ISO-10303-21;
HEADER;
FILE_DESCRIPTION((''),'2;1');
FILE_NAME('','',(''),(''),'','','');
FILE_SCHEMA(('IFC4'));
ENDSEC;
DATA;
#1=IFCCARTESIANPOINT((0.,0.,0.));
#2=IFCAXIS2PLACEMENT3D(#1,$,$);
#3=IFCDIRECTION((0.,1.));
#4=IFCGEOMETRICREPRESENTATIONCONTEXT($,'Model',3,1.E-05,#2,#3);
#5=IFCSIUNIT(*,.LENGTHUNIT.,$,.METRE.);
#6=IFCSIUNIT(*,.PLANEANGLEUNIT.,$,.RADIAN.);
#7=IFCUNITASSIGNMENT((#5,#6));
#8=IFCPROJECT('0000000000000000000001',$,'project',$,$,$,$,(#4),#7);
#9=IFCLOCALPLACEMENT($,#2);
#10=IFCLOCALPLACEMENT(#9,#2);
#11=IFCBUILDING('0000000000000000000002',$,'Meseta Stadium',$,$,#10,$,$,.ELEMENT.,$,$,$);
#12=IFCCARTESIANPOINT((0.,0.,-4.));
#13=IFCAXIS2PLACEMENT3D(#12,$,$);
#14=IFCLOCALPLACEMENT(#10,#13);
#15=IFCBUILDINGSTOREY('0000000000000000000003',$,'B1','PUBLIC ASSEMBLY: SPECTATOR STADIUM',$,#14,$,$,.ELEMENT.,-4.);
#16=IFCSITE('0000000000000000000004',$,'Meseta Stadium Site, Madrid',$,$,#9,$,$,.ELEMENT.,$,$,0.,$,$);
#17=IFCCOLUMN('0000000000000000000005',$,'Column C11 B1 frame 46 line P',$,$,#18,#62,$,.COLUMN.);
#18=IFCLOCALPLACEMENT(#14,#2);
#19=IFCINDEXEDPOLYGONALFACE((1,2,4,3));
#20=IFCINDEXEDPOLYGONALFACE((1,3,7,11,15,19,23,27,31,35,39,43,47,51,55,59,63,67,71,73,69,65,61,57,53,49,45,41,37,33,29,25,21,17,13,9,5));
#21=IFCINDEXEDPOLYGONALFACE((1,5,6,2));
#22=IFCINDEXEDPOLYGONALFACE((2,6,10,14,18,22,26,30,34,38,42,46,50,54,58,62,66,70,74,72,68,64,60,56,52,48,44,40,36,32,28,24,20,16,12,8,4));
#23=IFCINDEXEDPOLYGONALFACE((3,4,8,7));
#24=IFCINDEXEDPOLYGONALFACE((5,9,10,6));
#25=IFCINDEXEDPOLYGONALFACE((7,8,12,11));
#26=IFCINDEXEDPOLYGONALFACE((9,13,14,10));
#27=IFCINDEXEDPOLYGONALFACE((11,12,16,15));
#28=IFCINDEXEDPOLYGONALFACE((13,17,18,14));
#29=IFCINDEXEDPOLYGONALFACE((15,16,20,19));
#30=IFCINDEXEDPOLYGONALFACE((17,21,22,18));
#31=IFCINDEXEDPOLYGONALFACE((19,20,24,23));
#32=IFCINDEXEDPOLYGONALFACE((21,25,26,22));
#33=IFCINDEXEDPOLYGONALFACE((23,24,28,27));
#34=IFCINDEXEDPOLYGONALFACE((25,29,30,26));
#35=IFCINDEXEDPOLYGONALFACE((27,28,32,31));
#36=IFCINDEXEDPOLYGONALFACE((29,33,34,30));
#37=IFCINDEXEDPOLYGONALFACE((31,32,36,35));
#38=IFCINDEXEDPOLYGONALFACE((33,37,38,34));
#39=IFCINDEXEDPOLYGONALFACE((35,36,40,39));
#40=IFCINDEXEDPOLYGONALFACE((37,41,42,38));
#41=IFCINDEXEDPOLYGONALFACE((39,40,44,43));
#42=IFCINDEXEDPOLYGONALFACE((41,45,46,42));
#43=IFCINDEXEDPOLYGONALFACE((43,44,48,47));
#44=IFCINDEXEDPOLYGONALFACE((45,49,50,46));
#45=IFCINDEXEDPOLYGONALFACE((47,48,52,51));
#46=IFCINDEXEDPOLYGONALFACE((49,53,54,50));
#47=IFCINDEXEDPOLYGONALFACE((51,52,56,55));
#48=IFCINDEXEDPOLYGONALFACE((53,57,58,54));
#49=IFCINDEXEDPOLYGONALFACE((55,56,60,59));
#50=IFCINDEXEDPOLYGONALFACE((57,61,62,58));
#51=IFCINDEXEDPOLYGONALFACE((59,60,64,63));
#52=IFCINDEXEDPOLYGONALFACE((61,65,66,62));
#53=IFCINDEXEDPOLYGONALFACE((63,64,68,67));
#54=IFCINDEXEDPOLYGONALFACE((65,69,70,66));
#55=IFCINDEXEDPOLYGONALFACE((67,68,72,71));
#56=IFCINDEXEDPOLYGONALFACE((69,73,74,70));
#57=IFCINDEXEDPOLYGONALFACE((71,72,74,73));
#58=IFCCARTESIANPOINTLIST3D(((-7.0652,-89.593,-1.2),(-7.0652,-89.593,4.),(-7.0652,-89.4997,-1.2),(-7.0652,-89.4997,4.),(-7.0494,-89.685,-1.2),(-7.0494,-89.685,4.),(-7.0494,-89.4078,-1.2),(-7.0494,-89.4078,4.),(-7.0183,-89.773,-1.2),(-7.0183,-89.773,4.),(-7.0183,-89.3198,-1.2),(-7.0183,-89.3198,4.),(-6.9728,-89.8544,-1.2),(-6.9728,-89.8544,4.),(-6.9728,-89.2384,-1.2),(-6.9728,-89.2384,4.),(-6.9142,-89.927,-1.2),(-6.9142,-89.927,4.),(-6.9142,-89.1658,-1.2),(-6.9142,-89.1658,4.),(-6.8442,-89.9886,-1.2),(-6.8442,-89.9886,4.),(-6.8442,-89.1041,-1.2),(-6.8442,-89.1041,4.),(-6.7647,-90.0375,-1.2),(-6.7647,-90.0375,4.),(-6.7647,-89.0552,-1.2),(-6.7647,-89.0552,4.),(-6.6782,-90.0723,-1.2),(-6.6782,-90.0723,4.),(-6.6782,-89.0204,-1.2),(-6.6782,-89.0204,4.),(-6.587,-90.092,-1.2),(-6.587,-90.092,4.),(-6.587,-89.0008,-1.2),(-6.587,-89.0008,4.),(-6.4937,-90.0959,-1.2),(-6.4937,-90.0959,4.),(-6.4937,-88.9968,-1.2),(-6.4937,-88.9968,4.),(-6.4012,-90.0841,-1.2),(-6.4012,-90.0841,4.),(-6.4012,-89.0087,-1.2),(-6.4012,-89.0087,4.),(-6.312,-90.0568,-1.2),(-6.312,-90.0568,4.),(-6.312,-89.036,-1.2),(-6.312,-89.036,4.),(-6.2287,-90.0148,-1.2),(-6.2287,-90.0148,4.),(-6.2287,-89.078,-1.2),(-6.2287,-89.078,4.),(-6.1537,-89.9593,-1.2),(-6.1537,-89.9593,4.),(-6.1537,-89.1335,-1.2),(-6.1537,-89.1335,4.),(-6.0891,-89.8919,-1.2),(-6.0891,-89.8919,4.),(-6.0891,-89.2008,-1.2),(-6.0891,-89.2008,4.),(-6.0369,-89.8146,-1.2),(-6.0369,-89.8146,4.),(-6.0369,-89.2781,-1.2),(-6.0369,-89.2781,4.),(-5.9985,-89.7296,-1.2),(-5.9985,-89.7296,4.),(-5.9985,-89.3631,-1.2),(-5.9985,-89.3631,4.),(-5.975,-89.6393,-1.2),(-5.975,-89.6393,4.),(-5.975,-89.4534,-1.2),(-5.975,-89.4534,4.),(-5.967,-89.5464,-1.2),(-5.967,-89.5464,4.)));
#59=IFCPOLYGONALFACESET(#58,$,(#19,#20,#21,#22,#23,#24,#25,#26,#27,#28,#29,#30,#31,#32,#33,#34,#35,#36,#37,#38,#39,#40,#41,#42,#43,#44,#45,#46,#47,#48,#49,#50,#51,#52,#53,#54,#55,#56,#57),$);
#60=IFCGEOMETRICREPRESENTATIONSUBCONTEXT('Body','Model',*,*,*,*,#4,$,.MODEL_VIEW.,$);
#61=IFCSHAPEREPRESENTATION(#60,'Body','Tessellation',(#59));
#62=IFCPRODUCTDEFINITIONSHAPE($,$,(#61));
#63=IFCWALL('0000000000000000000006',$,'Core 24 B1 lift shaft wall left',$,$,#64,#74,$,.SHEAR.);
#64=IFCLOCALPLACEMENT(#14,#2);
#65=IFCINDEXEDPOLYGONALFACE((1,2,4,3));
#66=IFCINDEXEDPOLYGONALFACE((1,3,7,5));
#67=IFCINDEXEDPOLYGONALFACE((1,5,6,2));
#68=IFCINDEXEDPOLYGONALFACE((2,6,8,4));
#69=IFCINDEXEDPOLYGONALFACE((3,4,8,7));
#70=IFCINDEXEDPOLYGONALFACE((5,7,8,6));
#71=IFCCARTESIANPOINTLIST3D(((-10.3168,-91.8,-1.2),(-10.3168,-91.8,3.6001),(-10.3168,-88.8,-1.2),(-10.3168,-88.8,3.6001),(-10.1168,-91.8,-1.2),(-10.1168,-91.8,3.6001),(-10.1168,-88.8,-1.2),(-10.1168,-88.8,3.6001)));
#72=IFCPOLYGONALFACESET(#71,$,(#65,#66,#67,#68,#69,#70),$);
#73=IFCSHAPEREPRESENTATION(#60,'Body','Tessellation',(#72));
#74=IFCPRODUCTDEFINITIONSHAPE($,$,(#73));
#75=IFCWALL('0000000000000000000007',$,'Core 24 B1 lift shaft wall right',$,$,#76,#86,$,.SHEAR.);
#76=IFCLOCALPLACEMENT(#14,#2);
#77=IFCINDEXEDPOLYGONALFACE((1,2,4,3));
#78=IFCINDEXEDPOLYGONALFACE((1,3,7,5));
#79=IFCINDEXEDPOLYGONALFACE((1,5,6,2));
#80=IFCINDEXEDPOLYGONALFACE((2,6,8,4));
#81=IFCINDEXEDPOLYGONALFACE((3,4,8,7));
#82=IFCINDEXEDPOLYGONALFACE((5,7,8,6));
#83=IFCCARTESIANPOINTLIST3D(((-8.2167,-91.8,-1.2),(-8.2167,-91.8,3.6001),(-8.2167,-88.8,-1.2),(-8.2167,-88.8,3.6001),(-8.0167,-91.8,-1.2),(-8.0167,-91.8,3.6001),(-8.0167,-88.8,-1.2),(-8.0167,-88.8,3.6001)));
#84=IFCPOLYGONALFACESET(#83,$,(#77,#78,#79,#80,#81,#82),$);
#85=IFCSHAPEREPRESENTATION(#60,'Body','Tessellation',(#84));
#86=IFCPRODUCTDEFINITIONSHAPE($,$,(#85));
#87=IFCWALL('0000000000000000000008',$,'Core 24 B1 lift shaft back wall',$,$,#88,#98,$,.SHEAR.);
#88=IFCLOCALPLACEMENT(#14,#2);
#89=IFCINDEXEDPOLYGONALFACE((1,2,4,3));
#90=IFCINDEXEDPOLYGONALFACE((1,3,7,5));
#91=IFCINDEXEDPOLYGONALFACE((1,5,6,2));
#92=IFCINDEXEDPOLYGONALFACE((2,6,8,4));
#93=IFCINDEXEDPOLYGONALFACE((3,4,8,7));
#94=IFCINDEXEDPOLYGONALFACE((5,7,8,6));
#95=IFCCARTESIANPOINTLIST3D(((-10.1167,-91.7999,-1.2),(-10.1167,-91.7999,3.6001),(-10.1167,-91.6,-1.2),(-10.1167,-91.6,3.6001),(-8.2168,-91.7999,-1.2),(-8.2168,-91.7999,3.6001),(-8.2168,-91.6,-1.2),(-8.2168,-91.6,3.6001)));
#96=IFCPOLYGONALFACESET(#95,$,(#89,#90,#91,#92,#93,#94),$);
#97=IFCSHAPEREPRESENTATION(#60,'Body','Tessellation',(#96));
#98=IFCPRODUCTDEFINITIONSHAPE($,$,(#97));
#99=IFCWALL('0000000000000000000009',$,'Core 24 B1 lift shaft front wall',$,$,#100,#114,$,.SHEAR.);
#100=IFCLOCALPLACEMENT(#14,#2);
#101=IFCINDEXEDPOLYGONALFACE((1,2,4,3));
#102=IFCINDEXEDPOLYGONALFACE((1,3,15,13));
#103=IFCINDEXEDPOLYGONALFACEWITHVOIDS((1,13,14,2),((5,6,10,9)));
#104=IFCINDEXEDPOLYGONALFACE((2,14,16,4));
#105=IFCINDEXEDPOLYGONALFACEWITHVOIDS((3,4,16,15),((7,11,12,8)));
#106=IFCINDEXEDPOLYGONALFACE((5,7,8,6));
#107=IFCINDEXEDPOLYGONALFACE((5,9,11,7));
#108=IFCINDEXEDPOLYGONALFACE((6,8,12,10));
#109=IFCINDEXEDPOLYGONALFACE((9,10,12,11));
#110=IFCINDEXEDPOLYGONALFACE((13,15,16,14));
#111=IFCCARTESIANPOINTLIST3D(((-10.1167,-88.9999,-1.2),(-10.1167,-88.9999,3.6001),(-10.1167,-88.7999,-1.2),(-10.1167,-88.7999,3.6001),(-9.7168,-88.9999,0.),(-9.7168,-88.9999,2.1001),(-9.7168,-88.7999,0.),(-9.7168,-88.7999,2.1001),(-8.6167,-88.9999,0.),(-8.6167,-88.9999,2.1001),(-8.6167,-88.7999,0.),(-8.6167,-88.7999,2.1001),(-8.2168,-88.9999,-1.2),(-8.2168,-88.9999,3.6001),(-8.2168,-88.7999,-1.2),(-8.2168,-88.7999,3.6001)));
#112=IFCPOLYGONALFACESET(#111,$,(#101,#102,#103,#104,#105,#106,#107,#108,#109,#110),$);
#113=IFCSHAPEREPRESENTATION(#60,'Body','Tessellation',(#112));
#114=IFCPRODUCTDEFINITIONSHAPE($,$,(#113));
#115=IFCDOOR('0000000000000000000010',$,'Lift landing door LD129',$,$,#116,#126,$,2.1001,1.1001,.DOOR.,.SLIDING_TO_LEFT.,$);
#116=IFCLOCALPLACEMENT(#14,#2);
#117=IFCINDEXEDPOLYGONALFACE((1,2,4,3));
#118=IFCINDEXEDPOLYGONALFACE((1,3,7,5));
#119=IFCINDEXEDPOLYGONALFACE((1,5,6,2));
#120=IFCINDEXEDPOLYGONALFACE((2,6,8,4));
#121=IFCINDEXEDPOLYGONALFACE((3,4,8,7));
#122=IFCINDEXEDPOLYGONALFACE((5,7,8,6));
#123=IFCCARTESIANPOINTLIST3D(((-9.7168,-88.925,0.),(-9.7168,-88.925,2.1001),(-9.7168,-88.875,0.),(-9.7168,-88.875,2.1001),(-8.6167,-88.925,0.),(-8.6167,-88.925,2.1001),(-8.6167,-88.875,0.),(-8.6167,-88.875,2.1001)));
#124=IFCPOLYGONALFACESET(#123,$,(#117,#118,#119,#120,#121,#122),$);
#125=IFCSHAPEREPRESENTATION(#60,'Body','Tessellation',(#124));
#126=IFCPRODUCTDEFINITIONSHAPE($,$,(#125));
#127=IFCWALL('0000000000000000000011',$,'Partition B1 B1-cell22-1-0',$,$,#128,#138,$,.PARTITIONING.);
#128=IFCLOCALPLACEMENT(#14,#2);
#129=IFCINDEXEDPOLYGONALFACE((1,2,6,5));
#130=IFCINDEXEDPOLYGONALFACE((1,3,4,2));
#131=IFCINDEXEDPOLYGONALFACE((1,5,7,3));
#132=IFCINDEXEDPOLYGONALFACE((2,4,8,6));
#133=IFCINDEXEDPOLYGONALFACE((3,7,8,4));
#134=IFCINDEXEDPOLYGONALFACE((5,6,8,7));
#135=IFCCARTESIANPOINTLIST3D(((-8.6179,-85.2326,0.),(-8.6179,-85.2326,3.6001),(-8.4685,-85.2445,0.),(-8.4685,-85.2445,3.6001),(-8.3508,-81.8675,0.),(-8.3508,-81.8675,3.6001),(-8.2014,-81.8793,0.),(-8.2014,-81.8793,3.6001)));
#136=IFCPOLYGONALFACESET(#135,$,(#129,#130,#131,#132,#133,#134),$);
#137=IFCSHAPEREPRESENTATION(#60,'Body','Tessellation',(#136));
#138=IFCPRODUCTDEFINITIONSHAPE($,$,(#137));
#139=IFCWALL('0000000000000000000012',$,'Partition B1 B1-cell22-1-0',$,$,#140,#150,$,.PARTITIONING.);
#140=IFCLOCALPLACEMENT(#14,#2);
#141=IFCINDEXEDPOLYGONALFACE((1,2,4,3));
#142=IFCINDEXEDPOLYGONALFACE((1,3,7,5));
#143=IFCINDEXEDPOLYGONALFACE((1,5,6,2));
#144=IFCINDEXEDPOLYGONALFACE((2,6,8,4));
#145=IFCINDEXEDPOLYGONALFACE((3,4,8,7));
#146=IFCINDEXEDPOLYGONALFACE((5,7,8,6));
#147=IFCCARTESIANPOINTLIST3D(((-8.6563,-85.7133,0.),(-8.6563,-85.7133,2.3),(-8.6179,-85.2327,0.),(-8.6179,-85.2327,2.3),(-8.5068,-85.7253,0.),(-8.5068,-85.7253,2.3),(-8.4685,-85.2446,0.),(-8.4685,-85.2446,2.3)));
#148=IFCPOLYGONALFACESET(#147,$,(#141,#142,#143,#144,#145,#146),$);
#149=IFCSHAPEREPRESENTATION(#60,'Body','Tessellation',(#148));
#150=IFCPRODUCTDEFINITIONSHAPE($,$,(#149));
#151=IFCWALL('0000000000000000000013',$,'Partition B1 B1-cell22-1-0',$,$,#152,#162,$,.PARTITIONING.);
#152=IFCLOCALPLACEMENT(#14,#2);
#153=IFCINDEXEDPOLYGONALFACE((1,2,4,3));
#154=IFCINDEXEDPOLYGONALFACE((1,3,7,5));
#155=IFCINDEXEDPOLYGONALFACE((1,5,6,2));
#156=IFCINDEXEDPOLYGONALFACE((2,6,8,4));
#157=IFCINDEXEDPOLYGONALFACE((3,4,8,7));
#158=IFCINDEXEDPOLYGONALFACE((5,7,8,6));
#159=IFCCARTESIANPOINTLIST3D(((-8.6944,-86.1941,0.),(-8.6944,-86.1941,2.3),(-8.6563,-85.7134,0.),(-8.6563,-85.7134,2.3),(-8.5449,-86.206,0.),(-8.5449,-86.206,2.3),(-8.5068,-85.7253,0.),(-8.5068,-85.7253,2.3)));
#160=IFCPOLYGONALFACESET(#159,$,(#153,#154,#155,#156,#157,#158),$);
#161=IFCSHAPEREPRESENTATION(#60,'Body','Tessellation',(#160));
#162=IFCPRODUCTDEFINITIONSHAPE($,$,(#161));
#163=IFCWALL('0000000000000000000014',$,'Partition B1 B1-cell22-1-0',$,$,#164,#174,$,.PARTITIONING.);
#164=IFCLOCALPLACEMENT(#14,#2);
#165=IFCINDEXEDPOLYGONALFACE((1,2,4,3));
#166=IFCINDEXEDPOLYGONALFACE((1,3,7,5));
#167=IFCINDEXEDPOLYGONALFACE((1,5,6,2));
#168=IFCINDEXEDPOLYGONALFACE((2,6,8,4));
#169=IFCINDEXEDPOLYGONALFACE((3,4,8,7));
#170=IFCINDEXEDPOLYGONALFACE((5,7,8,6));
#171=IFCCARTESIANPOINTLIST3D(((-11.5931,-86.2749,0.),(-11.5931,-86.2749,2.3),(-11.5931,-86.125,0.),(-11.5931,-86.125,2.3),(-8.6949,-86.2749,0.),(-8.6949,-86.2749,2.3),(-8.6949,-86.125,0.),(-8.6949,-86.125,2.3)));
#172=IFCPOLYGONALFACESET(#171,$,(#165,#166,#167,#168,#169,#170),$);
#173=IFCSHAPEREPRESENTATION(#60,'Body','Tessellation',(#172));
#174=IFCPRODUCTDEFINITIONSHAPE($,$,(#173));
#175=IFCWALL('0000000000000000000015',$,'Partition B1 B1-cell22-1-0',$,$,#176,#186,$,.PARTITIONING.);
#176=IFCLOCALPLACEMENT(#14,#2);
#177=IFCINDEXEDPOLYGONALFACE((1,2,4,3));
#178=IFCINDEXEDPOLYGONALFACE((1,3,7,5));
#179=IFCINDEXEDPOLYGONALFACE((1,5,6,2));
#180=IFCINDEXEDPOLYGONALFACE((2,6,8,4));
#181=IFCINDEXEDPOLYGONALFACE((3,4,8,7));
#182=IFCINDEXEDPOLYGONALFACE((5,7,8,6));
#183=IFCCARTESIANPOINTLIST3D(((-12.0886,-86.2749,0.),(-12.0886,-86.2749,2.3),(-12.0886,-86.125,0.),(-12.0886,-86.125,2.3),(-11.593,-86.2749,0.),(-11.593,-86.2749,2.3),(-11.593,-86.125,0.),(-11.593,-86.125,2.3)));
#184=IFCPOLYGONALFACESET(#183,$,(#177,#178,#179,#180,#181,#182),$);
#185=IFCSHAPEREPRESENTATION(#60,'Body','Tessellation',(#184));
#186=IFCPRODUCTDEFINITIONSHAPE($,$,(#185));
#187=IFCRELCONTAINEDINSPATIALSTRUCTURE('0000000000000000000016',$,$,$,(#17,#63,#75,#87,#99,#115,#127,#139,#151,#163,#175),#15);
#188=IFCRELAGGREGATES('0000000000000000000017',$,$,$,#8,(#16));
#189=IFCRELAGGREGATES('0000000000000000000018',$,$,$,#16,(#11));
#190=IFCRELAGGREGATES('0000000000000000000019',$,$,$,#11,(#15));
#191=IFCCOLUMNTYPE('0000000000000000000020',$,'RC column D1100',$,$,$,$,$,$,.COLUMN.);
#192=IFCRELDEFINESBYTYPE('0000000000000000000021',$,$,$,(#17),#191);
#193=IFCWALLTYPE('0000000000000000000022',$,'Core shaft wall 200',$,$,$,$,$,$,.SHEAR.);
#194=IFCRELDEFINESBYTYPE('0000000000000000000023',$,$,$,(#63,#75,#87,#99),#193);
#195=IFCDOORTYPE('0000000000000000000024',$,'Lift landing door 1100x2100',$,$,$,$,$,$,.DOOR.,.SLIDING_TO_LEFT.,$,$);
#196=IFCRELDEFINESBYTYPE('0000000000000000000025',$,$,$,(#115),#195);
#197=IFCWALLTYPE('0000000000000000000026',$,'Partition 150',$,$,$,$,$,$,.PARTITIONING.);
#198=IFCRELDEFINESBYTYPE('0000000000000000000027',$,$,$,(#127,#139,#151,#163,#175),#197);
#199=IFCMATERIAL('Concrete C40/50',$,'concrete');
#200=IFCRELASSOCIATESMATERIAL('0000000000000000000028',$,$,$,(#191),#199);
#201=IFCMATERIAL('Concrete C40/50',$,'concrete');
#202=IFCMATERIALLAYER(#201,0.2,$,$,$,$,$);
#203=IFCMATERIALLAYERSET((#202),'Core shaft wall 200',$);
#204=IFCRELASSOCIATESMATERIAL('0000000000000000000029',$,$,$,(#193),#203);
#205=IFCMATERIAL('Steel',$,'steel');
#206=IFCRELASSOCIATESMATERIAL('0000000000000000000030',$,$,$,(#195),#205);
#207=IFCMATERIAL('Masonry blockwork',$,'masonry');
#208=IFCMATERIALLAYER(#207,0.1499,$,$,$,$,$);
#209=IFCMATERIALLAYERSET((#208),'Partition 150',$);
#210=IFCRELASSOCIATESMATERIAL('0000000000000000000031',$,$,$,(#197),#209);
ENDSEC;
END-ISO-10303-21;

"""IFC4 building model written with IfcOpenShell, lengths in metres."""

from ifc_helpers import new_model, si_unit, direction, frame, frame_2d, origin, origin_2d, place, context, subcontext, project, spatial, rectangle, circle, extrude, material, layer, layer_set, material_profile, profile_set, type_object, element, fill, save


model = new_model("IFC4")

# Units and contexts
model_context = context("Model", 3, precision=1e-05, world=origin(), true_north=direction((0.0, 1.0)))
body_context = subcontext(model_context, "Body", "Model", "MODEL_VIEW")
ifc_project = project(units=[si_unit("LENGTHUNIT", "METRE"), si_unit("PLANEANGLEUNIT", "RADIAN")], contexts=[model_context])

# Site, building, storey
site_placement = place(None, origin())
site = spatial("IfcSite", under=ifc_project, at=site_placement, Name="Meseta Stadium Site, Madrid", CompositionType="ELEMENT", RefElevation=0.0)
building_placement = place(site_placement, origin())
building = spatial("IfcBuilding", under=site, at=building_placement, Name="Meseta Stadium", CompositionType="ELEMENT")
storey_placement = place(building_placement, frame((0.0, 0.0, -4.0)))
storey = spatial("IfcBuildingStorey", under=building, at=storey_placement, Name="B1", Description="PUBLIC ASSEMBLY: SPECTATOR STADIUM", CompositionType="ELEMENT", Elevation=-4.0)

# Column
ifc_material_1 = material(Name="Concrete C40/50", Category="concrete")
ifc_material_profile = material_profile(ifc_material_1, circle(Radius=0.55, at=origin_2d()), Name="RC D1100")
ifc_profile_set = profile_set([ifc_material_profile], Name="Concrete C40/50")
column_type = type_object("IfcColumnType", Name="RC column D1100", PredefinedType="COLUMN", material=ifc_profile_set)
column_placement = place(storey_placement, frame((-6.5171, -89.5464, -1.2), z_axis=(0.0, 0.0, 1.0), x_axis=(1.0, 0.0, 0.0)))
element("IfcColumn", 1, at=column_placement, inside=storey, type_object=column_type, Name="Column C11 B1 frame 46 line P", PredefinedType="COLUMN", context=body_context, shape_type="SweptSolid", body=[
    extrude(circle(Radius=0.55, at=origin_2d()), origin(), (0.0, 0.0, 1.0), 5.2),
])

# Walls
ifc_material_2 = material(Name="Concrete C40/50", Category="concrete")
ifc_layer_1 = layer(ifc_material_2, 0.2)
ifc_layer_set_1 = layer_set([ifc_layer_1], Name="Core shaft wall 200")
wall_type_1 = type_object("IfcWallType", Name="Core shaft wall 200", PredefinedType="SHEAR", material=ifc_layer_set_1)
for number, where, z_axis, x_axis, name in (
    (2, (-10.2168, -91.8, -1.2), (0.0, 0.0, 1.0), (0.0, 1.0, 0.0), "Core 24 B1 lift shaft wall left"),
    (3, (-8.1167, -91.8, -1.2), (0.0, 0.0, 1.0), (0.0, 1.0, 0.0), "Core 24 B1 lift shaft wall right"),
):
    element("IfcWall", number, at=place(storey_placement, frame(where, z_axis=z_axis, x_axis=x_axis)), inside=storey, type_object=wall_type_1, Name=name, PredefinedType="SHEAR", context=body_context, shape_type="SweptSolid", body=[
        extrude(rectangle(XDim=3.0, YDim=0.2, at=frame_2d((1.5, 0.0))), origin(), (0.0, 0.0, 1.0), 4.8),
    ])
wall_1_placement = place(storey_placement, frame((-10.1167, -91.7, -1.2), z_axis=(0.0, 0.0, 1.0), x_axis=(1.0, 0.0, 0.0)))
element("IfcWall", 4, at=wall_1_placement, inside=storey, type_object=wall_type_1, Name="Core 24 B1 lift shaft back wall", PredefinedType="SHEAR", context=body_context, shape_type="SweptSolid", body=[
    extrude(rectangle(XDim=1.8999, YDim=0.2, at=frame_2d((0.95, 0.0))), origin(), (0.0, 0.0, 1.0), 4.8),
])

# Wall, opening, door
wall_2_placement = place(storey_placement, frame((-10.1167, -88.8999, -1.2), z_axis=(0.0, 0.0, 1.0), x_axis=(1.0, 0.0, 0.0)))
wall_2 = element("IfcWall", 5, at=wall_2_placement, inside=storey, type_object=wall_type_1, Name="Core 24 B1 lift shaft front wall", PredefinedType="SHEAR", context=body_context, shape_type="SweptSolid", body=[
    extrude(rectangle(XDim=1.8999, YDim=0.2, at=frame_2d((0.95, 0.0))), origin(), (0.0, 0.0, 1.0), 4.8),
])
opening_1_placement = place(wall_2_placement, frame((0.3999, 0.0, 1.2)))
opening_1 = element("IfcOpeningElement", 6, at=opening_1_placement, cuts=wall_2, PredefinedType="OPENING", context=body_context, shape_type="SweptSolid", body=[
    extrude(rectangle(XDim=1.1001, YDim=2.1001, at=frame_2d((0.55, 1.05))), frame((0.0, 0.1099, 0.0), z_axis=(0.0, -1.0, 0.0), x_axis=(1.0, 0.0, 0.0)), (0.0, 0.0, 1.0), 0.22),
])
ifc_material_3 = material(Name="Steel", Category="steel")
door_type_1 = type_object("IfcDoorType", Name="Lift landing door 1100x2100", OperationType="SLIDING_TO_LEFT", PredefinedType="DOOR", material=ifc_material_3)
door_1_placement = place(opening_1_placement, origin())
door_1 = element("IfcDoor", 7, at=door_1_placement, inside=storey, type_object=door_type_1, Name="Lift landing door LD129", OperationType="SLIDING_TO_LEFT", OverallHeight=2.1001, OverallWidth=1.1001, PredefinedType="DOOR", context=body_context, shape_type="SweptSolid", body=[
    extrude(rectangle(XDim=1.1001, YDim=2.1001, at=frame_2d((0.55, 1.05))), frame((0.0, 0.0249, 0.0), z_axis=(0.0, -1.0, 0.0), x_axis=(1.0, 0.0, 0.0)), (0.0, 0.0, 1.0), 0.05),
])
fill(opening_1, door_1)

# Walls
ifc_material_4 = material(Name="Masonry blockwork", Category="masonry")
ifc_layer_2 = layer(ifc_material_4, 0.1499)
ifc_layer_set_2 = layer_set([ifc_layer_2], Name="Partition 150")
wall_type_2 = type_object("IfcWallType", Name="Partition 150", PredefinedType="PARTITIONING", material=ifc_layer_set_2)
wall_3_placement = place(storey_placement, frame((-8.2761, -81.8733, 0.0), z_axis=(0.0, 0.0, 1.0), x_axis=(-0.079119, -0.996865, 0.0)))
element("IfcWall", 8, at=wall_3_placement, inside=storey, type_object=wall_type_2, Name="Partition B1 B1-cell22-1-0", PredefinedType="PARTITIONING", context=body_context, shape_type="SweptSolid", body=[
    extrude(rectangle(XDim=3.3757, YDim=0.1499, at=frame_2d((1.688, 0.0))), origin(), (0.0, 0.0, 1.0), 3.6001),
])
for number, where, z_axis, x_axis, name in (
    (9, (-8.5432, -85.2385, 0.0), (0.0, 0.0, 1.0), (-0.079484, -0.996836, 0.0), "Partition B1 B1-cell22-1-0"),
    (10, (-8.5815, -85.7192, 0.0), (0.0, 0.0, 1.0), (-0.078981, -0.996876, 0.0), "Partition B1 B1-cell22-1-0"),
):
    element("IfcWall", number, at=place(storey_placement, frame(where, z_axis=z_axis, x_axis=x_axis)), inside=storey, type_object=wall_type_2, Name=name, PredefinedType="PARTITIONING", context=body_context, shape_type="SweptSolid", body=[
        extrude(rectangle(XDim=0.4822, YDim=0.1499, at=frame_2d((0.2412, 0.0))), origin(), (0.0, 0.0, 1.0), 2.3),
    ])
wall_4_placement = place(storey_placement, frame((-8.6948, -86.2, 0.0), z_axis=(0.0, 0.0, 1.0), x_axis=(-1.0, 0.0, 0.0)))
element("IfcWall", 11, at=wall_4_placement, inside=storey, type_object=wall_type_2, Name="Partition B1 B1-cell22-1-0", PredefinedType="PARTITIONING", context=body_context, shape_type="SweptSolid", body=[
    extrude(rectangle(XDim=2.8982, YDim=0.1499, at=frame_2d((1.4492, 0.0))), origin(), (0.0, 0.0, 1.0), 2.3),
])
wall_5_placement = place(storey_placement, frame((-11.593, -86.2, 0.0), z_axis=(0.0, 0.0, 1.0), x_axis=(-1.0, 0.0, 0.0)))
element("IfcWall", 12, at=wall_5_placement, inside=storey, type_object=wall_type_2, Name="Partition B1 B1-cell22-1-0", PredefinedType="PARTITIONING", context=body_context, shape_type="SweptSolid", body=[
    extrude(rectangle(XDim=0.4956, YDim=0.1499, at=frame_2d((0.2478, 0.0))), origin(), (0.0, 0.0, 1.0), 2.3),
])

save(model, "model.ifc")
